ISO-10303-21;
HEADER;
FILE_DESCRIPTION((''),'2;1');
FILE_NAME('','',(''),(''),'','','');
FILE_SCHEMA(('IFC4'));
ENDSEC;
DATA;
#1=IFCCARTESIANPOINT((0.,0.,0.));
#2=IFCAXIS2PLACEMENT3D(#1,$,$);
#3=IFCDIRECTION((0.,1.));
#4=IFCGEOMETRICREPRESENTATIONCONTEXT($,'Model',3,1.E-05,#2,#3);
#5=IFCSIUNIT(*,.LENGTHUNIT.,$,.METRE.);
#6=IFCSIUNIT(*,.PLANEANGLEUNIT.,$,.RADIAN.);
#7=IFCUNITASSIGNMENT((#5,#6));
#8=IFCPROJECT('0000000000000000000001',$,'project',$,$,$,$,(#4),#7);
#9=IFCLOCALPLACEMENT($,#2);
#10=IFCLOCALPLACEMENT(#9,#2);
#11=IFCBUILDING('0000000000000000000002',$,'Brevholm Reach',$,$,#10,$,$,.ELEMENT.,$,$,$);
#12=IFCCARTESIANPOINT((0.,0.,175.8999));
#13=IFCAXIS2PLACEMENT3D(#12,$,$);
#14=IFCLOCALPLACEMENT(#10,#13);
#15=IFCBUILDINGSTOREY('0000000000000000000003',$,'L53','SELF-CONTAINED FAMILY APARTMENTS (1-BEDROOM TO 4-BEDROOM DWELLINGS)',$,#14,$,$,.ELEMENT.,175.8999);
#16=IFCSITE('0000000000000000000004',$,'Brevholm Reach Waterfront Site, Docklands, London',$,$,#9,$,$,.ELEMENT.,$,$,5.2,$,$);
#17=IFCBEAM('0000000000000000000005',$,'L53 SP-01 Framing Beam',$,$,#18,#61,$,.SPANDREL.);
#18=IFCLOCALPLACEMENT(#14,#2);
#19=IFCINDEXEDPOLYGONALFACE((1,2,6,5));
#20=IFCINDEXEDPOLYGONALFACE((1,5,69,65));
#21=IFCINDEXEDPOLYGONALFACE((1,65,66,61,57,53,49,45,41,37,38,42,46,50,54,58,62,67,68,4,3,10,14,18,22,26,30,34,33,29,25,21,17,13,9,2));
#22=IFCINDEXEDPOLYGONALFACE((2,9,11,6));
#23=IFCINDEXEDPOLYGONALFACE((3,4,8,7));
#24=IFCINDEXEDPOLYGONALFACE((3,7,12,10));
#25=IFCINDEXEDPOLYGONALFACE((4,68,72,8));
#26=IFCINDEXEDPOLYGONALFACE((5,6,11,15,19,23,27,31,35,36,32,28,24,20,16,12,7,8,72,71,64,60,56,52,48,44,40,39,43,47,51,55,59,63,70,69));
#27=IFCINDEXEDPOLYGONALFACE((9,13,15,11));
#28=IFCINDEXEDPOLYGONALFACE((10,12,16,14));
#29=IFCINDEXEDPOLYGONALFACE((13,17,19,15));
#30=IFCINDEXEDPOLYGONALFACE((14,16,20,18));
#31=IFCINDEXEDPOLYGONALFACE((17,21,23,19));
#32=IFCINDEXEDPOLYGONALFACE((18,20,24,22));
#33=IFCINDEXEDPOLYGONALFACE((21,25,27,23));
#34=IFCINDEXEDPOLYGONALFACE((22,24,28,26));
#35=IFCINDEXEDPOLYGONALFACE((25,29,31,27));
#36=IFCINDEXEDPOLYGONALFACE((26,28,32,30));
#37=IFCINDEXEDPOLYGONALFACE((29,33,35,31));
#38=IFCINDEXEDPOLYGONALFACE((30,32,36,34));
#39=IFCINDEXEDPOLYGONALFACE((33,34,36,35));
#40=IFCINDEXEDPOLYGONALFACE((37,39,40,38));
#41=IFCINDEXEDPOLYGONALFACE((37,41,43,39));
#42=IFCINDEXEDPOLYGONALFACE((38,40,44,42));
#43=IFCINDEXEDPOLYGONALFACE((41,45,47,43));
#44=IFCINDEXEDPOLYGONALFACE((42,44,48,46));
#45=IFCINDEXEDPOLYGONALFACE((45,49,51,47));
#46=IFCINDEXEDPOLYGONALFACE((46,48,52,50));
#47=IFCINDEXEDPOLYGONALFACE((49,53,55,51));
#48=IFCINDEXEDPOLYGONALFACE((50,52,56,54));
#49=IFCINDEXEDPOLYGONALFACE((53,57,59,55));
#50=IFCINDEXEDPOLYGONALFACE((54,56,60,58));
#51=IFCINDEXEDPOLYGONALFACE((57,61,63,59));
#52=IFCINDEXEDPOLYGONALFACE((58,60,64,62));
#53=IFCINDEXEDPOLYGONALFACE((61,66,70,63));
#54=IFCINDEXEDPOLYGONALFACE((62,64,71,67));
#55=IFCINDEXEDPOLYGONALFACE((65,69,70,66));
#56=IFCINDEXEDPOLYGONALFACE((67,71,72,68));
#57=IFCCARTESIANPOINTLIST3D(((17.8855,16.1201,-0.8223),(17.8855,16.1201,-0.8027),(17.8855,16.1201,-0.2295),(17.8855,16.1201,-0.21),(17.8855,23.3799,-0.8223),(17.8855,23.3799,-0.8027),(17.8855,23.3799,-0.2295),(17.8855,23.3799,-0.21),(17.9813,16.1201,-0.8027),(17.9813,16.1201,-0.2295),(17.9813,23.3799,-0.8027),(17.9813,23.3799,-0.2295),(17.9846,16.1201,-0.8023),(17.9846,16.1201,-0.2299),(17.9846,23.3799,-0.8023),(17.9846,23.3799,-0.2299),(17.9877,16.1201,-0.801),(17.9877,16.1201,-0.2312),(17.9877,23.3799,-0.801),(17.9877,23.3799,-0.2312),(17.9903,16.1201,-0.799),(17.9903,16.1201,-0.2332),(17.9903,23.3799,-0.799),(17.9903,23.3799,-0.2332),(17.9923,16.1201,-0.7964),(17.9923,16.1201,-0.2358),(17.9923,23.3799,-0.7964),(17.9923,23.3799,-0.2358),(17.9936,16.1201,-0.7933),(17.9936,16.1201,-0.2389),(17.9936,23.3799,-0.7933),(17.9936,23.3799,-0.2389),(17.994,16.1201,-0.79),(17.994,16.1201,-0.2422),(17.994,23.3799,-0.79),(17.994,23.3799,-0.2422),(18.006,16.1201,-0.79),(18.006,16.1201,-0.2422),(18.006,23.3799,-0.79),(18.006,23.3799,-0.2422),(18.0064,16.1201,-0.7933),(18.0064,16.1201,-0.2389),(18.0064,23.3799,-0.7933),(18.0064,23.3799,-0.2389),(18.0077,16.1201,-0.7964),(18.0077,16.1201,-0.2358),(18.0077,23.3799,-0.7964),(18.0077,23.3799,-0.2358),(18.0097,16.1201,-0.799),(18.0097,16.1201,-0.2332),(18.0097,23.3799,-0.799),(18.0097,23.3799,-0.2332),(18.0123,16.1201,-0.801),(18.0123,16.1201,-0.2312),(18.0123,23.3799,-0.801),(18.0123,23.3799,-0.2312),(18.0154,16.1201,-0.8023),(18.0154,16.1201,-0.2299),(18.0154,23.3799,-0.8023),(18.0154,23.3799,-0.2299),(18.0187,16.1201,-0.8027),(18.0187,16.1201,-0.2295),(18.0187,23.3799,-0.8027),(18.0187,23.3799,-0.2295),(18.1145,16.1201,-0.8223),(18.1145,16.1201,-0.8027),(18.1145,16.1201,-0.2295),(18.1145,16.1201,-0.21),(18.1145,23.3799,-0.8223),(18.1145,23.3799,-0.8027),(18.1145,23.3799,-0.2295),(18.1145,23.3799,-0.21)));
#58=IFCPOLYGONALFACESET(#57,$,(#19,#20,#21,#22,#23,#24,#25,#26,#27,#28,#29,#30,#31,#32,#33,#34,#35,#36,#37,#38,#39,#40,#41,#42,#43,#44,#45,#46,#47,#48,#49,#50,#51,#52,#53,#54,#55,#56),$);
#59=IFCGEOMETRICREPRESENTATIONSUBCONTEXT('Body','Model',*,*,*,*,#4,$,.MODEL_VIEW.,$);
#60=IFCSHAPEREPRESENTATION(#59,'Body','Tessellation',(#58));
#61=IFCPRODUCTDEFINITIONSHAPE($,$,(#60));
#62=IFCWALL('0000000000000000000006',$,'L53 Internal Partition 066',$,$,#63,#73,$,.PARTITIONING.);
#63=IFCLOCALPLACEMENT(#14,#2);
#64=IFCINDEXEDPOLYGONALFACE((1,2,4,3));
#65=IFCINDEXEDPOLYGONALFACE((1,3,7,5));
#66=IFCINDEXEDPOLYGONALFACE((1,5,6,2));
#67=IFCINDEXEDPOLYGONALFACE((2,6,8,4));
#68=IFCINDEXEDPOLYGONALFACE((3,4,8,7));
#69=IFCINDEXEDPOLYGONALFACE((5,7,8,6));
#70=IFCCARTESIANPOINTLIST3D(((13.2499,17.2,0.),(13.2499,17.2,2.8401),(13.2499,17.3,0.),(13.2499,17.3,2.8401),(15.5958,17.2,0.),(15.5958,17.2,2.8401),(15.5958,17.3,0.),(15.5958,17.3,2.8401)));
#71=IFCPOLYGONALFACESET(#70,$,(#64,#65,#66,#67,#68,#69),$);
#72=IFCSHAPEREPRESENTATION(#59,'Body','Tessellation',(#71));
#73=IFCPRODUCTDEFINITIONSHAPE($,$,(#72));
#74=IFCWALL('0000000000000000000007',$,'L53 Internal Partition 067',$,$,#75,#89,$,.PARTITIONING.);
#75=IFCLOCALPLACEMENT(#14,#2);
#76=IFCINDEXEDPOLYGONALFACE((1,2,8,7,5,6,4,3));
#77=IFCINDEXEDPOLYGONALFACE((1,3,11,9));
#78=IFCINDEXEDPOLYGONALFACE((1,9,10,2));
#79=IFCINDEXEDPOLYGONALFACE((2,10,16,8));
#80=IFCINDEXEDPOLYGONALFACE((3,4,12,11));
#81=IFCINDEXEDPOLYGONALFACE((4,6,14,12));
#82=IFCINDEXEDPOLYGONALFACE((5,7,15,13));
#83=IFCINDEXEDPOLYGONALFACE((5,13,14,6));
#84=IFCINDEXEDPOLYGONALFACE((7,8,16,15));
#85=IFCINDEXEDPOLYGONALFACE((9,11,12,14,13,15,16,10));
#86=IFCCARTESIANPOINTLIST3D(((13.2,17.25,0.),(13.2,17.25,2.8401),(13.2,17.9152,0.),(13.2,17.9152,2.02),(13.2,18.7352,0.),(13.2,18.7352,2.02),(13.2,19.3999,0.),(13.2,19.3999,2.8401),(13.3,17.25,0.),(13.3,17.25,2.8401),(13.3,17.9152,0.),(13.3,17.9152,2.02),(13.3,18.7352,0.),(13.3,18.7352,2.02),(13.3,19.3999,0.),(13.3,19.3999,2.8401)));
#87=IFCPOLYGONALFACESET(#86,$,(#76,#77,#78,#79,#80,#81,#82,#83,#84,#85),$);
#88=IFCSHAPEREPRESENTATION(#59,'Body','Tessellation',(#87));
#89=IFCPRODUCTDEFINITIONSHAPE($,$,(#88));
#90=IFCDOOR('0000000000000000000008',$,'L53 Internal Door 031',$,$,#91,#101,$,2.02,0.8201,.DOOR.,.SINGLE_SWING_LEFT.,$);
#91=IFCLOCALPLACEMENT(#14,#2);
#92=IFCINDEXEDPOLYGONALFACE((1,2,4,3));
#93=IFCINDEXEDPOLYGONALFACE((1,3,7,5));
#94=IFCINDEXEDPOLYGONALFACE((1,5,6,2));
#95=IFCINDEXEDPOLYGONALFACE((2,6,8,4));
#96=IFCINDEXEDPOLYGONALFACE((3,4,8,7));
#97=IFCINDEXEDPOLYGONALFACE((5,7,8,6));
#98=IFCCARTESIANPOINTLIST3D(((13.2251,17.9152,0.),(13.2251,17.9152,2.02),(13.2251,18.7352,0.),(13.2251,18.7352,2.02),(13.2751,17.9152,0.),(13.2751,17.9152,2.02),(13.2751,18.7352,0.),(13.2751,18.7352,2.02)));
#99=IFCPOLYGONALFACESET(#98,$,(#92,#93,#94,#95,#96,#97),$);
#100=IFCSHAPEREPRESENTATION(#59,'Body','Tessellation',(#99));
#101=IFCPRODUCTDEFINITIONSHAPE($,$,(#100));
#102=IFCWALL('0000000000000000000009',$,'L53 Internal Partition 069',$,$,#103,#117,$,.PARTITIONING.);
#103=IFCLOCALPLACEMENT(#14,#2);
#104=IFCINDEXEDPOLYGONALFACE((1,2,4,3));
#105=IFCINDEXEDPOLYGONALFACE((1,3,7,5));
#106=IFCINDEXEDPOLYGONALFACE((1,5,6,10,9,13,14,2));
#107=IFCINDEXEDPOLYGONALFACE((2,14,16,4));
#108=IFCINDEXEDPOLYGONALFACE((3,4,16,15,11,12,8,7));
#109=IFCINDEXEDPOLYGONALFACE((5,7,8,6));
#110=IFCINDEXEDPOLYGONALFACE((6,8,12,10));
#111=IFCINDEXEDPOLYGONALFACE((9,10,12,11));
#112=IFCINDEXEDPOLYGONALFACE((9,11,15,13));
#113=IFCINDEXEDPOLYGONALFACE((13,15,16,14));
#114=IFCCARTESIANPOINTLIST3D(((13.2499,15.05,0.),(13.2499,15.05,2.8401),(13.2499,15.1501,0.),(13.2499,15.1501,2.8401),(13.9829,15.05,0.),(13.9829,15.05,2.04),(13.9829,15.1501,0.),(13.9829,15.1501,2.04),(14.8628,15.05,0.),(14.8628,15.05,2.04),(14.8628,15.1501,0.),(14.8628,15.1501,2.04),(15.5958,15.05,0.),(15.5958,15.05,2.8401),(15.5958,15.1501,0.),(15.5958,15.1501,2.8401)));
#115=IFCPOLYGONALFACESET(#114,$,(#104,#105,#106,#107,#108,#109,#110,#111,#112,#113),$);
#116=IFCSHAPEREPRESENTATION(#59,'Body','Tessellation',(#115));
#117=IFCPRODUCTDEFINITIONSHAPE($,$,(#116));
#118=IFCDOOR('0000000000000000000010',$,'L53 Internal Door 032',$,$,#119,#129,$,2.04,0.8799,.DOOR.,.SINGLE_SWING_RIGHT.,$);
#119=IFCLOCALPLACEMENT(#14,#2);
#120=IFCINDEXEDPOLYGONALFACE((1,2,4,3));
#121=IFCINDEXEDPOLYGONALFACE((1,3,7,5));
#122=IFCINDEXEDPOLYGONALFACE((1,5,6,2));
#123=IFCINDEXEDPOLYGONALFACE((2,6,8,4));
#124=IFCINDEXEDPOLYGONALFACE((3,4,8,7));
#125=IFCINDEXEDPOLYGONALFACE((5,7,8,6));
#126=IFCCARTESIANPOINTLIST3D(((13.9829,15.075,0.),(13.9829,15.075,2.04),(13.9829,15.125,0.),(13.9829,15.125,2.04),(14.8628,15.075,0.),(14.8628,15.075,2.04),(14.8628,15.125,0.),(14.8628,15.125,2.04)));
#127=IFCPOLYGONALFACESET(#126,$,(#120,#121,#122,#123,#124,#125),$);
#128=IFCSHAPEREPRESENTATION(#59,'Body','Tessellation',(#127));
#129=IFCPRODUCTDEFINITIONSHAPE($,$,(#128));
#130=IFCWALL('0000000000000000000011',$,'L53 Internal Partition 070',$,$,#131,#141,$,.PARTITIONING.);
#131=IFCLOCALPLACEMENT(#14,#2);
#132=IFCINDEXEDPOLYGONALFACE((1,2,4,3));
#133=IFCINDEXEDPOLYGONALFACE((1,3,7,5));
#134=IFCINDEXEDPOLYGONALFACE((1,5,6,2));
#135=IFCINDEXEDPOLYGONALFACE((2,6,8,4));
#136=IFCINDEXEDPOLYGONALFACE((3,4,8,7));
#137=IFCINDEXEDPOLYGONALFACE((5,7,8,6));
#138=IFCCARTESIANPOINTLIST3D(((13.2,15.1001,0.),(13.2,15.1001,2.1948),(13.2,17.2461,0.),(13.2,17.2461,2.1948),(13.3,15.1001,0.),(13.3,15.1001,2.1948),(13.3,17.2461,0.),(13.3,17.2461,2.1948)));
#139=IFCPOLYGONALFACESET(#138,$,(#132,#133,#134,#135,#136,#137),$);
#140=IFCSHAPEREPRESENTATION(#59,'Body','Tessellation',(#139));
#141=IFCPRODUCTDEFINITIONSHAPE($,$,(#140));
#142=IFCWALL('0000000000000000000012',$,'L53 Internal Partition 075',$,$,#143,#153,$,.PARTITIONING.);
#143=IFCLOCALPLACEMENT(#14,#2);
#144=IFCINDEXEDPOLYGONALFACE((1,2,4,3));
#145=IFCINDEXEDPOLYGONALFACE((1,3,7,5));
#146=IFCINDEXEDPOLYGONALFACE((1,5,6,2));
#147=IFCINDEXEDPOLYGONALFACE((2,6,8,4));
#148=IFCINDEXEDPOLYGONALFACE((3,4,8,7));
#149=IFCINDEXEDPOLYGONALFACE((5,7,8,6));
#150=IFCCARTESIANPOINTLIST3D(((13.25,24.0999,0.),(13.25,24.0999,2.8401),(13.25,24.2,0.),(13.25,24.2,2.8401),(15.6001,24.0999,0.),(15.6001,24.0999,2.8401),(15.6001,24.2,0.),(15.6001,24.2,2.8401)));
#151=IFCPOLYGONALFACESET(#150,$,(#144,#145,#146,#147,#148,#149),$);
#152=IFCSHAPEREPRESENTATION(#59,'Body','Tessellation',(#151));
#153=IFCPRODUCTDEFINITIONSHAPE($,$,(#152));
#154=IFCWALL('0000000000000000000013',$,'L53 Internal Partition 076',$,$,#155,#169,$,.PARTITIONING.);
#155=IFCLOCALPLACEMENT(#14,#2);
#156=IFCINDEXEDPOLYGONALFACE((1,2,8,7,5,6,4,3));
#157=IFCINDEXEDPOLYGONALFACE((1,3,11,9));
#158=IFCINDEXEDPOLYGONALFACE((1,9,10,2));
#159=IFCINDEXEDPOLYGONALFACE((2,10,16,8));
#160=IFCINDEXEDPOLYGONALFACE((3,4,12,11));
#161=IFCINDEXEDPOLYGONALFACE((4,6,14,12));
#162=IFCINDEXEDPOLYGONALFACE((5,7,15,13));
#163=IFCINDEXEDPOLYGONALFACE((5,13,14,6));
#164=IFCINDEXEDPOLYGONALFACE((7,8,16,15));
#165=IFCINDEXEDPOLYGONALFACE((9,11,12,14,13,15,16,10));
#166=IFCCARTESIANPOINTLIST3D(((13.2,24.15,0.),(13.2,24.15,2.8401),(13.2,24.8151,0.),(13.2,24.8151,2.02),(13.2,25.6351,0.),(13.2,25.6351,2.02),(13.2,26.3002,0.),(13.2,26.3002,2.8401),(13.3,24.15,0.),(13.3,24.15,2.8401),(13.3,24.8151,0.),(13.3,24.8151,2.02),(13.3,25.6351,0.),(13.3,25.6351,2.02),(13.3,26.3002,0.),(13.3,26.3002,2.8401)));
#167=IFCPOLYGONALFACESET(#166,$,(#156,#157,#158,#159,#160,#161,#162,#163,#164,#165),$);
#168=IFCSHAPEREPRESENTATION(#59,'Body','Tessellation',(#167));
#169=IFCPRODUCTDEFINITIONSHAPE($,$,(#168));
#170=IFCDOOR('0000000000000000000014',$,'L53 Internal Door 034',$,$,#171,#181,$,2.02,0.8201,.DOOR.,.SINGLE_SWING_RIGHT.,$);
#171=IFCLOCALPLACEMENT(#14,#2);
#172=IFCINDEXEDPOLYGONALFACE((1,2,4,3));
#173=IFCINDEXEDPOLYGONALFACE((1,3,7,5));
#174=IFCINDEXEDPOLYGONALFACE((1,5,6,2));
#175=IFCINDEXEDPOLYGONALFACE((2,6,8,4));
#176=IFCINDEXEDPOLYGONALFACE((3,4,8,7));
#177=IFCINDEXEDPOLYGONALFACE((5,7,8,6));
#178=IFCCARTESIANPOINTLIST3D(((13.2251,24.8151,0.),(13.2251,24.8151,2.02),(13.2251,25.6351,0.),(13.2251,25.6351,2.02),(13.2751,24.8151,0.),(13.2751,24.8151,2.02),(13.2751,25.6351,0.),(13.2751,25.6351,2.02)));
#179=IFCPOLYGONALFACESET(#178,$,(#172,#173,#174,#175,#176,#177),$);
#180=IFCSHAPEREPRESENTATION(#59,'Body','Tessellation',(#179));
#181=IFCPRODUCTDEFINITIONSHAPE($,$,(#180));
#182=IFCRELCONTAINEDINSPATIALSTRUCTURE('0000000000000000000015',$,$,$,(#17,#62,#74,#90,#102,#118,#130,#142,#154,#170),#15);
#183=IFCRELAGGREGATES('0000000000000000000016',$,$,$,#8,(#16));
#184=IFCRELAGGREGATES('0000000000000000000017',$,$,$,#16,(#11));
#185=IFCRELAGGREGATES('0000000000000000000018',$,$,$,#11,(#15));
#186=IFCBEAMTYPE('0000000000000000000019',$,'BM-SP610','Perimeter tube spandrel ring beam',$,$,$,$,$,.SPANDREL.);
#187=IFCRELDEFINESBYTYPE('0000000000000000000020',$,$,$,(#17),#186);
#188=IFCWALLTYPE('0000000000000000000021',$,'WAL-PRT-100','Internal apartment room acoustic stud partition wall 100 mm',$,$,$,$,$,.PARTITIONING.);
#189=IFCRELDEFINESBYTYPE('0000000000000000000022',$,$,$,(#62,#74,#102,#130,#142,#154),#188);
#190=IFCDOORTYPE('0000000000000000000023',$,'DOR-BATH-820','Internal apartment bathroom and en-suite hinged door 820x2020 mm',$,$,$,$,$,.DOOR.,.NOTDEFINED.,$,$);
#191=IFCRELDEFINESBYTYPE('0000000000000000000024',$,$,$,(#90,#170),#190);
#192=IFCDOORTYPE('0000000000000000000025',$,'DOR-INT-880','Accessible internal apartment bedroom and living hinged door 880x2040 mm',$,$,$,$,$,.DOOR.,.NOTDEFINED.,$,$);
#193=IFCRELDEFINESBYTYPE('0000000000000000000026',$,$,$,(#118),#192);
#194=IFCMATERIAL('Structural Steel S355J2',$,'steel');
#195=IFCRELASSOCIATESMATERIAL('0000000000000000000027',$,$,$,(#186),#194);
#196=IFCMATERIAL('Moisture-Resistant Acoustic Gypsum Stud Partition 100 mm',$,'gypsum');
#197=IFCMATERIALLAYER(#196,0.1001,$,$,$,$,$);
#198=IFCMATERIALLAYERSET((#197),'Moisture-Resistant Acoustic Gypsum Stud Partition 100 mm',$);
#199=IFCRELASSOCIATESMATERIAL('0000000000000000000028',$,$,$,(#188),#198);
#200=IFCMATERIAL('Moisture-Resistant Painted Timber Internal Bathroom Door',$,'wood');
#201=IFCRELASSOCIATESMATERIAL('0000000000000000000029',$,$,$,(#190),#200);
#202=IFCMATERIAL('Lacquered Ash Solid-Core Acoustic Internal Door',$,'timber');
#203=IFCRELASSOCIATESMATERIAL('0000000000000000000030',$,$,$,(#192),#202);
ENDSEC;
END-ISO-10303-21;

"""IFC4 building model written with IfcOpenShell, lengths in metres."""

from ifc_helpers import new_model, si_unit, direction, frame, frame_2d, origin, origin_2d, place, context, subcontext, project, spatial, rectangle, i_section, extrude, material, layer, layer_set, material_profile, profile_set, type_object, element, fill, save


model = new_model("IFC4")

# Units and contexts
model_context = context("Model", 3, precision=1e-05, world=origin(), true_north=direction((0.0, 1.0)))
body_context = subcontext(model_context, "Body", "Model", "MODEL_VIEW")
ifc_project = project(units=[si_unit("LENGTHUNIT", "METRE"), si_unit("PLANEANGLEUNIT", "RADIAN")], contexts=[model_context])

# Site, building, storey
site_placement = place(None, origin())
site = spatial("IfcSite", under=ifc_project, at=site_placement, Name="Brevholm Reach Waterfront Site, Docklands, London", CompositionType="ELEMENT", RefElevation=5.2)
building_placement = place(site_placement, origin())
building = spatial("IfcBuilding", under=site, at=building_placement, Name="Brevholm Reach", CompositionType="ELEMENT")
storey_placement = place(building_placement, frame((0.0, 0.0, 175.8999)))
storey = spatial("IfcBuildingStorey", under=building, at=storey_placement, Name="L53", Description="SELF-CONTAINED FAMILY APARTMENTS (1-BEDROOM TO 4-BEDROOM DWELLINGS)", CompositionType="ELEMENT", Elevation=175.8999)

# Beam
ifc_material_1 = material(Name="Structural Steel S355J2", Category="steel")
ifc_material_profile_1 = material_profile(ifc_material_1, i_section(OverallWidth=0.229, OverallDepth=0.6123, WebThickness=0.012, FlangeThickness=0.0195, FilletRadius=0.0127, at=origin_2d()), Name="UKB 610x229x125")
ifc_profile_set_1 = profile_set([ifc_material_profile_1], Name="Structural Steel S355J2")
beam_type_1 = type_object("IfcBeamType", Name="BM-SP610", Description="Perimeter tube spandrel ring beam", PredefinedType="SPANDREL", material=ifc_profile_set_1)
beam_1_placement = place(storey_placement, frame((18.0, 16.1201, -0.5161), z_axis=(0.0, 1.0, 0.0), x_axis=(-1.0, 0.0, 0.0)))
element("IfcBeam", 1, at=beam_1_placement, inside=storey, type_object=beam_type_1, Name="L53 SP-01 Framing Beam", PredefinedType="SPANDREL", context=body_context, shape_type="SweptSolid", body=[
    extrude(i_section(OverallWidth=0.229, OverallDepth=0.6123, WebThickness=0.012, FlangeThickness=0.0195, FilletRadius=0.0127, at=origin_2d()), origin(), (0.0, 0.0, 1.0), 7.2598),
])

# Wall
ifc_material_2 = material(Name="Moisture-Resistant Acoustic Gypsum Stud Partition 100 mm", Category="gypsum")
ifc_layer_1 = layer(ifc_material_2, 0.1001)
ifc_layer_set_1 = layer_set([ifc_layer_1], Name="Moisture-Resistant Acoustic Gypsum Stud Partition 100 mm")
wall_type_1 = type_object("IfcWallType", Name="WAL-PRT-100", Description="Internal apartment room acoustic stud partition wall 100 mm", PredefinedType="PARTITIONING", material=ifc_layer_set_1)
wall_1_placement = place(storey_placement, frame((13.25, 17.25, 0.0), z_axis=(0.0, 0.0, 1.0), x_axis=(1.0, 0.0, 0.0)))
element("IfcWall", 2, at=wall_1_placement, inside=storey, type_object=wall_type_1, Name="L53 Internal Partition 066", PredefinedType="PARTITIONING", context=body_context, shape_type="SweptSolid", body=[
    extrude(rectangle(XDim=2.3459, YDim=0.1001, at=frame_2d((1.1729, 0.0))), origin(), (0.0, 0.0, 1.0), 2.8401),
])

# Walls, openings, doors
wall_2_placement = place(storey_placement, frame((13.25, 17.25, 0.0), z_axis=(0.0, 0.0, 1.0), x_axis=(0.0, 1.0, 0.0)))
wall_2 = element("IfcWall", 3, at=wall_2_placement, inside=storey, type_object=wall_type_1, Name="L53 Internal Partition 067", PredefinedType="PARTITIONING", context=body_context, shape_type="SweptSolid", body=[
    extrude(rectangle(XDim=2.1499, YDim=0.1001, at=frame_2d((1.075, 0.0))), origin(), (0.0, 0.0, 1.0), 2.8401),
])
opening_1_placement = place(wall_2_placement, frame((0.665, 0.0, 0.0)))
opening_1 = element("IfcOpeningElement", 4, at=opening_1_placement, cuts=wall_2, PredefinedType="OPENING", context=body_context, shape_type="SweptSolid", body=[
    extrude(rectangle(XDim=0.8201, YDim=2.02, at=frame_2d((0.4102, 1.01))), frame((0.0, 0.0601, 0.0), z_axis=(0.0, -1.0, 0.0), x_axis=(1.0, 0.0, 0.0)), (0.0, 0.0, 1.0), 0.1201),
])
ifc_material_3 = material(Name="Moisture-Resistant Painted Timber Internal Bathroom Door", Category="wood")
door_type_1 = type_object("IfcDoorType", Name="DOR-BATH-820", Description="Internal apartment bathroom and en-suite hinged door 820x2020 mm", OperationType="NOTDEFINED", PredefinedType="DOOR", material=ifc_material_3)
door_1_placement = place(opening_1_placement, origin())
door_1 = element("IfcDoor", 5, at=door_1_placement, inside=storey, type_object=door_type_1, Name="L53 Internal Door 031", OperationType="SINGLE_SWING_LEFT", OverallHeight=2.02, OverallWidth=0.8201, PredefinedType="DOOR", context=body_context, shape_type="SweptSolid", body=[
    extrude(rectangle(XDim=0.8201, YDim=2.02, at=frame_2d((0.4102, 1.01))), frame((0.0, 0.0249, 0.0), z_axis=(0.0, -1.0, 0.0), x_axis=(1.0, 0.0, 0.0)), (0.0, 0.0, 1.0), 0.05),
])
fill(opening_1, door_1)
wall_3_placement = place(storey_placement, frame((13.25, 15.1001, 0.0), z_axis=(0.0, 0.0, 1.0), x_axis=(1.0, 0.0, 0.0)))
wall_3 = element("IfcWall", 6, at=wall_3_placement, inside=storey, type_object=wall_type_1, Name="L53 Internal Partition 069", PredefinedType="PARTITIONING", context=body_context, shape_type="SweptSolid", body=[
    extrude(rectangle(XDim=2.3459, YDim=0.1001, at=frame_2d((1.1729, 0.0))), origin(), (0.0, 0.0, 1.0), 2.8401),
])
opening_2_placement = place(wall_3_placement, frame((0.7329, 0.0, 0.0)))
opening_2 = element("IfcOpeningElement", 7, at=opening_2_placement, cuts=wall_3, PredefinedType="OPENING", context=body_context, shape_type="SweptSolid", body=[
    extrude(rectangle(XDim=0.8799, YDim=2.04, at=frame_2d((0.4399, 1.02))), frame((0.0, 0.0601, 0.0), z_axis=(0.0, -1.0, 0.0), x_axis=(1.0, 0.0, 0.0)), (0.0, 0.0, 1.0), 0.1201),
])
ifc_material_4 = material(Name="Lacquered Ash Solid-Core Acoustic Internal Door", Category="timber")
door_type_2 = type_object("IfcDoorType", Name="DOR-INT-880", Description="Accessible internal apartment bedroom and living hinged door 880x2040 mm", OperationType="NOTDEFINED", PredefinedType="DOOR", material=ifc_material_4)
door_2_placement = place(opening_2_placement, origin())
door_2 = element("IfcDoor", 8, at=door_2_placement, inside=storey, type_object=door_type_2, Name="L53 Internal Door 032", OperationType="SINGLE_SWING_RIGHT", OverallHeight=2.04, OverallWidth=0.8799, PredefinedType="DOOR", context=body_context, shape_type="SweptSolid", body=[
    extrude(rectangle(XDim=0.8799, YDim=2.04, at=frame_2d((0.4399, 1.02))), frame((0.0, 0.0249, 0.0), z_axis=(0.0, -1.0, 0.0), x_axis=(1.0, 0.0, 0.0)), (0.0, 0.0, 1.0), 0.05),
])
fill(opening_2, door_2)

# Walls
wall_4_placement = place(storey_placement, frame((13.25, 15.1001, 0.0), z_axis=(0.0, 0.0, 1.0), x_axis=(0.0, 1.0, 0.0)))
element("IfcWall", 9, at=wall_4_placement, inside=storey, type_object=wall_type_1, Name="L53 Internal Partition 070", PredefinedType="PARTITIONING", context=body_context, shape_type="SweptSolid", body=[
    extrude(rectangle(XDim=2.146, YDim=0.1001, at=frame_2d((1.073, 0.0))), origin(), (0.0, 0.0, 1.0), 2.1948),
])
wall_5_placement = place(storey_placement, frame((13.25, 24.1499, 0.0), z_axis=(0.0, 0.0, 1.0), x_axis=(1.0, 0.0, 0.0)))
element("IfcWall", 10, at=wall_5_placement, inside=storey, type_object=wall_type_1, Name="L53 Internal Partition 075", PredefinedType="PARTITIONING", context=body_context, shape_type="SweptSolid", body=[
    extrude(rectangle(XDim=2.3501, YDim=0.1001, at=frame_2d((1.175, 0.0))), origin(), (0.0, 0.0, 1.0), 2.8401),
])

# Wall, opening, door
wall_6_placement = place(storey_placement, frame((13.25, 24.1499, 0.0), z_axis=(0.0, 0.0, 1.0), x_axis=(0.0, 1.0, 0.0)))
wall_6 = element("IfcWall", 11, at=wall_6_placement, inside=storey, type_object=wall_type_1, Name="L53 Internal Partition 076", PredefinedType="PARTITIONING", context=body_context, shape_type="SweptSolid", body=[
    extrude(rectangle(XDim=2.1501, YDim=0.1001, at=frame_2d((1.0752, 0.0))), origin(), (0.0, 0.0, 1.0), 2.8401),
])
opening_3_placement = place(wall_6_placement, frame((0.665, 0.0, 0.0)))
opening_3 = element("IfcOpeningElement", 12, at=opening_3_placement, cuts=wall_6, PredefinedType="OPENING", context=body_context, shape_type="SweptSolid", body=[
    extrude(rectangle(XDim=0.8201, YDim=2.02, at=frame_2d((0.4102, 1.01))), frame((0.0, 0.0601, 0.0), z_axis=(0.0, -1.0, 0.0), x_axis=(1.0, 0.0, 0.0)), (0.0, 0.0, 1.0), 0.1201),
])
door_3_placement = place(opening_3_placement, origin())
door_3 = element("IfcDoor", 13, at=door_3_placement, inside=storey, type_object=door_type_1, Name="L53 Internal Door 034", OperationType="SINGLE_SWING_RIGHT", OverallHeight=2.02, OverallWidth=0.8201, PredefinedType="DOOR", context=body_context, shape_type="SweptSolid", body=[
    extrude(rectangle(XDim=0.8201, YDim=2.02, at=frame_2d((0.4102, 1.01))), frame((0.0, 0.0249, 0.0), z_axis=(0.0, -1.0, 0.0), x_axis=(1.0, 0.0, 0.0)), (0.0, 0.0, 1.0), 0.05),
])
fill(opening_3, door_3)

save(model, "model.ifc")
